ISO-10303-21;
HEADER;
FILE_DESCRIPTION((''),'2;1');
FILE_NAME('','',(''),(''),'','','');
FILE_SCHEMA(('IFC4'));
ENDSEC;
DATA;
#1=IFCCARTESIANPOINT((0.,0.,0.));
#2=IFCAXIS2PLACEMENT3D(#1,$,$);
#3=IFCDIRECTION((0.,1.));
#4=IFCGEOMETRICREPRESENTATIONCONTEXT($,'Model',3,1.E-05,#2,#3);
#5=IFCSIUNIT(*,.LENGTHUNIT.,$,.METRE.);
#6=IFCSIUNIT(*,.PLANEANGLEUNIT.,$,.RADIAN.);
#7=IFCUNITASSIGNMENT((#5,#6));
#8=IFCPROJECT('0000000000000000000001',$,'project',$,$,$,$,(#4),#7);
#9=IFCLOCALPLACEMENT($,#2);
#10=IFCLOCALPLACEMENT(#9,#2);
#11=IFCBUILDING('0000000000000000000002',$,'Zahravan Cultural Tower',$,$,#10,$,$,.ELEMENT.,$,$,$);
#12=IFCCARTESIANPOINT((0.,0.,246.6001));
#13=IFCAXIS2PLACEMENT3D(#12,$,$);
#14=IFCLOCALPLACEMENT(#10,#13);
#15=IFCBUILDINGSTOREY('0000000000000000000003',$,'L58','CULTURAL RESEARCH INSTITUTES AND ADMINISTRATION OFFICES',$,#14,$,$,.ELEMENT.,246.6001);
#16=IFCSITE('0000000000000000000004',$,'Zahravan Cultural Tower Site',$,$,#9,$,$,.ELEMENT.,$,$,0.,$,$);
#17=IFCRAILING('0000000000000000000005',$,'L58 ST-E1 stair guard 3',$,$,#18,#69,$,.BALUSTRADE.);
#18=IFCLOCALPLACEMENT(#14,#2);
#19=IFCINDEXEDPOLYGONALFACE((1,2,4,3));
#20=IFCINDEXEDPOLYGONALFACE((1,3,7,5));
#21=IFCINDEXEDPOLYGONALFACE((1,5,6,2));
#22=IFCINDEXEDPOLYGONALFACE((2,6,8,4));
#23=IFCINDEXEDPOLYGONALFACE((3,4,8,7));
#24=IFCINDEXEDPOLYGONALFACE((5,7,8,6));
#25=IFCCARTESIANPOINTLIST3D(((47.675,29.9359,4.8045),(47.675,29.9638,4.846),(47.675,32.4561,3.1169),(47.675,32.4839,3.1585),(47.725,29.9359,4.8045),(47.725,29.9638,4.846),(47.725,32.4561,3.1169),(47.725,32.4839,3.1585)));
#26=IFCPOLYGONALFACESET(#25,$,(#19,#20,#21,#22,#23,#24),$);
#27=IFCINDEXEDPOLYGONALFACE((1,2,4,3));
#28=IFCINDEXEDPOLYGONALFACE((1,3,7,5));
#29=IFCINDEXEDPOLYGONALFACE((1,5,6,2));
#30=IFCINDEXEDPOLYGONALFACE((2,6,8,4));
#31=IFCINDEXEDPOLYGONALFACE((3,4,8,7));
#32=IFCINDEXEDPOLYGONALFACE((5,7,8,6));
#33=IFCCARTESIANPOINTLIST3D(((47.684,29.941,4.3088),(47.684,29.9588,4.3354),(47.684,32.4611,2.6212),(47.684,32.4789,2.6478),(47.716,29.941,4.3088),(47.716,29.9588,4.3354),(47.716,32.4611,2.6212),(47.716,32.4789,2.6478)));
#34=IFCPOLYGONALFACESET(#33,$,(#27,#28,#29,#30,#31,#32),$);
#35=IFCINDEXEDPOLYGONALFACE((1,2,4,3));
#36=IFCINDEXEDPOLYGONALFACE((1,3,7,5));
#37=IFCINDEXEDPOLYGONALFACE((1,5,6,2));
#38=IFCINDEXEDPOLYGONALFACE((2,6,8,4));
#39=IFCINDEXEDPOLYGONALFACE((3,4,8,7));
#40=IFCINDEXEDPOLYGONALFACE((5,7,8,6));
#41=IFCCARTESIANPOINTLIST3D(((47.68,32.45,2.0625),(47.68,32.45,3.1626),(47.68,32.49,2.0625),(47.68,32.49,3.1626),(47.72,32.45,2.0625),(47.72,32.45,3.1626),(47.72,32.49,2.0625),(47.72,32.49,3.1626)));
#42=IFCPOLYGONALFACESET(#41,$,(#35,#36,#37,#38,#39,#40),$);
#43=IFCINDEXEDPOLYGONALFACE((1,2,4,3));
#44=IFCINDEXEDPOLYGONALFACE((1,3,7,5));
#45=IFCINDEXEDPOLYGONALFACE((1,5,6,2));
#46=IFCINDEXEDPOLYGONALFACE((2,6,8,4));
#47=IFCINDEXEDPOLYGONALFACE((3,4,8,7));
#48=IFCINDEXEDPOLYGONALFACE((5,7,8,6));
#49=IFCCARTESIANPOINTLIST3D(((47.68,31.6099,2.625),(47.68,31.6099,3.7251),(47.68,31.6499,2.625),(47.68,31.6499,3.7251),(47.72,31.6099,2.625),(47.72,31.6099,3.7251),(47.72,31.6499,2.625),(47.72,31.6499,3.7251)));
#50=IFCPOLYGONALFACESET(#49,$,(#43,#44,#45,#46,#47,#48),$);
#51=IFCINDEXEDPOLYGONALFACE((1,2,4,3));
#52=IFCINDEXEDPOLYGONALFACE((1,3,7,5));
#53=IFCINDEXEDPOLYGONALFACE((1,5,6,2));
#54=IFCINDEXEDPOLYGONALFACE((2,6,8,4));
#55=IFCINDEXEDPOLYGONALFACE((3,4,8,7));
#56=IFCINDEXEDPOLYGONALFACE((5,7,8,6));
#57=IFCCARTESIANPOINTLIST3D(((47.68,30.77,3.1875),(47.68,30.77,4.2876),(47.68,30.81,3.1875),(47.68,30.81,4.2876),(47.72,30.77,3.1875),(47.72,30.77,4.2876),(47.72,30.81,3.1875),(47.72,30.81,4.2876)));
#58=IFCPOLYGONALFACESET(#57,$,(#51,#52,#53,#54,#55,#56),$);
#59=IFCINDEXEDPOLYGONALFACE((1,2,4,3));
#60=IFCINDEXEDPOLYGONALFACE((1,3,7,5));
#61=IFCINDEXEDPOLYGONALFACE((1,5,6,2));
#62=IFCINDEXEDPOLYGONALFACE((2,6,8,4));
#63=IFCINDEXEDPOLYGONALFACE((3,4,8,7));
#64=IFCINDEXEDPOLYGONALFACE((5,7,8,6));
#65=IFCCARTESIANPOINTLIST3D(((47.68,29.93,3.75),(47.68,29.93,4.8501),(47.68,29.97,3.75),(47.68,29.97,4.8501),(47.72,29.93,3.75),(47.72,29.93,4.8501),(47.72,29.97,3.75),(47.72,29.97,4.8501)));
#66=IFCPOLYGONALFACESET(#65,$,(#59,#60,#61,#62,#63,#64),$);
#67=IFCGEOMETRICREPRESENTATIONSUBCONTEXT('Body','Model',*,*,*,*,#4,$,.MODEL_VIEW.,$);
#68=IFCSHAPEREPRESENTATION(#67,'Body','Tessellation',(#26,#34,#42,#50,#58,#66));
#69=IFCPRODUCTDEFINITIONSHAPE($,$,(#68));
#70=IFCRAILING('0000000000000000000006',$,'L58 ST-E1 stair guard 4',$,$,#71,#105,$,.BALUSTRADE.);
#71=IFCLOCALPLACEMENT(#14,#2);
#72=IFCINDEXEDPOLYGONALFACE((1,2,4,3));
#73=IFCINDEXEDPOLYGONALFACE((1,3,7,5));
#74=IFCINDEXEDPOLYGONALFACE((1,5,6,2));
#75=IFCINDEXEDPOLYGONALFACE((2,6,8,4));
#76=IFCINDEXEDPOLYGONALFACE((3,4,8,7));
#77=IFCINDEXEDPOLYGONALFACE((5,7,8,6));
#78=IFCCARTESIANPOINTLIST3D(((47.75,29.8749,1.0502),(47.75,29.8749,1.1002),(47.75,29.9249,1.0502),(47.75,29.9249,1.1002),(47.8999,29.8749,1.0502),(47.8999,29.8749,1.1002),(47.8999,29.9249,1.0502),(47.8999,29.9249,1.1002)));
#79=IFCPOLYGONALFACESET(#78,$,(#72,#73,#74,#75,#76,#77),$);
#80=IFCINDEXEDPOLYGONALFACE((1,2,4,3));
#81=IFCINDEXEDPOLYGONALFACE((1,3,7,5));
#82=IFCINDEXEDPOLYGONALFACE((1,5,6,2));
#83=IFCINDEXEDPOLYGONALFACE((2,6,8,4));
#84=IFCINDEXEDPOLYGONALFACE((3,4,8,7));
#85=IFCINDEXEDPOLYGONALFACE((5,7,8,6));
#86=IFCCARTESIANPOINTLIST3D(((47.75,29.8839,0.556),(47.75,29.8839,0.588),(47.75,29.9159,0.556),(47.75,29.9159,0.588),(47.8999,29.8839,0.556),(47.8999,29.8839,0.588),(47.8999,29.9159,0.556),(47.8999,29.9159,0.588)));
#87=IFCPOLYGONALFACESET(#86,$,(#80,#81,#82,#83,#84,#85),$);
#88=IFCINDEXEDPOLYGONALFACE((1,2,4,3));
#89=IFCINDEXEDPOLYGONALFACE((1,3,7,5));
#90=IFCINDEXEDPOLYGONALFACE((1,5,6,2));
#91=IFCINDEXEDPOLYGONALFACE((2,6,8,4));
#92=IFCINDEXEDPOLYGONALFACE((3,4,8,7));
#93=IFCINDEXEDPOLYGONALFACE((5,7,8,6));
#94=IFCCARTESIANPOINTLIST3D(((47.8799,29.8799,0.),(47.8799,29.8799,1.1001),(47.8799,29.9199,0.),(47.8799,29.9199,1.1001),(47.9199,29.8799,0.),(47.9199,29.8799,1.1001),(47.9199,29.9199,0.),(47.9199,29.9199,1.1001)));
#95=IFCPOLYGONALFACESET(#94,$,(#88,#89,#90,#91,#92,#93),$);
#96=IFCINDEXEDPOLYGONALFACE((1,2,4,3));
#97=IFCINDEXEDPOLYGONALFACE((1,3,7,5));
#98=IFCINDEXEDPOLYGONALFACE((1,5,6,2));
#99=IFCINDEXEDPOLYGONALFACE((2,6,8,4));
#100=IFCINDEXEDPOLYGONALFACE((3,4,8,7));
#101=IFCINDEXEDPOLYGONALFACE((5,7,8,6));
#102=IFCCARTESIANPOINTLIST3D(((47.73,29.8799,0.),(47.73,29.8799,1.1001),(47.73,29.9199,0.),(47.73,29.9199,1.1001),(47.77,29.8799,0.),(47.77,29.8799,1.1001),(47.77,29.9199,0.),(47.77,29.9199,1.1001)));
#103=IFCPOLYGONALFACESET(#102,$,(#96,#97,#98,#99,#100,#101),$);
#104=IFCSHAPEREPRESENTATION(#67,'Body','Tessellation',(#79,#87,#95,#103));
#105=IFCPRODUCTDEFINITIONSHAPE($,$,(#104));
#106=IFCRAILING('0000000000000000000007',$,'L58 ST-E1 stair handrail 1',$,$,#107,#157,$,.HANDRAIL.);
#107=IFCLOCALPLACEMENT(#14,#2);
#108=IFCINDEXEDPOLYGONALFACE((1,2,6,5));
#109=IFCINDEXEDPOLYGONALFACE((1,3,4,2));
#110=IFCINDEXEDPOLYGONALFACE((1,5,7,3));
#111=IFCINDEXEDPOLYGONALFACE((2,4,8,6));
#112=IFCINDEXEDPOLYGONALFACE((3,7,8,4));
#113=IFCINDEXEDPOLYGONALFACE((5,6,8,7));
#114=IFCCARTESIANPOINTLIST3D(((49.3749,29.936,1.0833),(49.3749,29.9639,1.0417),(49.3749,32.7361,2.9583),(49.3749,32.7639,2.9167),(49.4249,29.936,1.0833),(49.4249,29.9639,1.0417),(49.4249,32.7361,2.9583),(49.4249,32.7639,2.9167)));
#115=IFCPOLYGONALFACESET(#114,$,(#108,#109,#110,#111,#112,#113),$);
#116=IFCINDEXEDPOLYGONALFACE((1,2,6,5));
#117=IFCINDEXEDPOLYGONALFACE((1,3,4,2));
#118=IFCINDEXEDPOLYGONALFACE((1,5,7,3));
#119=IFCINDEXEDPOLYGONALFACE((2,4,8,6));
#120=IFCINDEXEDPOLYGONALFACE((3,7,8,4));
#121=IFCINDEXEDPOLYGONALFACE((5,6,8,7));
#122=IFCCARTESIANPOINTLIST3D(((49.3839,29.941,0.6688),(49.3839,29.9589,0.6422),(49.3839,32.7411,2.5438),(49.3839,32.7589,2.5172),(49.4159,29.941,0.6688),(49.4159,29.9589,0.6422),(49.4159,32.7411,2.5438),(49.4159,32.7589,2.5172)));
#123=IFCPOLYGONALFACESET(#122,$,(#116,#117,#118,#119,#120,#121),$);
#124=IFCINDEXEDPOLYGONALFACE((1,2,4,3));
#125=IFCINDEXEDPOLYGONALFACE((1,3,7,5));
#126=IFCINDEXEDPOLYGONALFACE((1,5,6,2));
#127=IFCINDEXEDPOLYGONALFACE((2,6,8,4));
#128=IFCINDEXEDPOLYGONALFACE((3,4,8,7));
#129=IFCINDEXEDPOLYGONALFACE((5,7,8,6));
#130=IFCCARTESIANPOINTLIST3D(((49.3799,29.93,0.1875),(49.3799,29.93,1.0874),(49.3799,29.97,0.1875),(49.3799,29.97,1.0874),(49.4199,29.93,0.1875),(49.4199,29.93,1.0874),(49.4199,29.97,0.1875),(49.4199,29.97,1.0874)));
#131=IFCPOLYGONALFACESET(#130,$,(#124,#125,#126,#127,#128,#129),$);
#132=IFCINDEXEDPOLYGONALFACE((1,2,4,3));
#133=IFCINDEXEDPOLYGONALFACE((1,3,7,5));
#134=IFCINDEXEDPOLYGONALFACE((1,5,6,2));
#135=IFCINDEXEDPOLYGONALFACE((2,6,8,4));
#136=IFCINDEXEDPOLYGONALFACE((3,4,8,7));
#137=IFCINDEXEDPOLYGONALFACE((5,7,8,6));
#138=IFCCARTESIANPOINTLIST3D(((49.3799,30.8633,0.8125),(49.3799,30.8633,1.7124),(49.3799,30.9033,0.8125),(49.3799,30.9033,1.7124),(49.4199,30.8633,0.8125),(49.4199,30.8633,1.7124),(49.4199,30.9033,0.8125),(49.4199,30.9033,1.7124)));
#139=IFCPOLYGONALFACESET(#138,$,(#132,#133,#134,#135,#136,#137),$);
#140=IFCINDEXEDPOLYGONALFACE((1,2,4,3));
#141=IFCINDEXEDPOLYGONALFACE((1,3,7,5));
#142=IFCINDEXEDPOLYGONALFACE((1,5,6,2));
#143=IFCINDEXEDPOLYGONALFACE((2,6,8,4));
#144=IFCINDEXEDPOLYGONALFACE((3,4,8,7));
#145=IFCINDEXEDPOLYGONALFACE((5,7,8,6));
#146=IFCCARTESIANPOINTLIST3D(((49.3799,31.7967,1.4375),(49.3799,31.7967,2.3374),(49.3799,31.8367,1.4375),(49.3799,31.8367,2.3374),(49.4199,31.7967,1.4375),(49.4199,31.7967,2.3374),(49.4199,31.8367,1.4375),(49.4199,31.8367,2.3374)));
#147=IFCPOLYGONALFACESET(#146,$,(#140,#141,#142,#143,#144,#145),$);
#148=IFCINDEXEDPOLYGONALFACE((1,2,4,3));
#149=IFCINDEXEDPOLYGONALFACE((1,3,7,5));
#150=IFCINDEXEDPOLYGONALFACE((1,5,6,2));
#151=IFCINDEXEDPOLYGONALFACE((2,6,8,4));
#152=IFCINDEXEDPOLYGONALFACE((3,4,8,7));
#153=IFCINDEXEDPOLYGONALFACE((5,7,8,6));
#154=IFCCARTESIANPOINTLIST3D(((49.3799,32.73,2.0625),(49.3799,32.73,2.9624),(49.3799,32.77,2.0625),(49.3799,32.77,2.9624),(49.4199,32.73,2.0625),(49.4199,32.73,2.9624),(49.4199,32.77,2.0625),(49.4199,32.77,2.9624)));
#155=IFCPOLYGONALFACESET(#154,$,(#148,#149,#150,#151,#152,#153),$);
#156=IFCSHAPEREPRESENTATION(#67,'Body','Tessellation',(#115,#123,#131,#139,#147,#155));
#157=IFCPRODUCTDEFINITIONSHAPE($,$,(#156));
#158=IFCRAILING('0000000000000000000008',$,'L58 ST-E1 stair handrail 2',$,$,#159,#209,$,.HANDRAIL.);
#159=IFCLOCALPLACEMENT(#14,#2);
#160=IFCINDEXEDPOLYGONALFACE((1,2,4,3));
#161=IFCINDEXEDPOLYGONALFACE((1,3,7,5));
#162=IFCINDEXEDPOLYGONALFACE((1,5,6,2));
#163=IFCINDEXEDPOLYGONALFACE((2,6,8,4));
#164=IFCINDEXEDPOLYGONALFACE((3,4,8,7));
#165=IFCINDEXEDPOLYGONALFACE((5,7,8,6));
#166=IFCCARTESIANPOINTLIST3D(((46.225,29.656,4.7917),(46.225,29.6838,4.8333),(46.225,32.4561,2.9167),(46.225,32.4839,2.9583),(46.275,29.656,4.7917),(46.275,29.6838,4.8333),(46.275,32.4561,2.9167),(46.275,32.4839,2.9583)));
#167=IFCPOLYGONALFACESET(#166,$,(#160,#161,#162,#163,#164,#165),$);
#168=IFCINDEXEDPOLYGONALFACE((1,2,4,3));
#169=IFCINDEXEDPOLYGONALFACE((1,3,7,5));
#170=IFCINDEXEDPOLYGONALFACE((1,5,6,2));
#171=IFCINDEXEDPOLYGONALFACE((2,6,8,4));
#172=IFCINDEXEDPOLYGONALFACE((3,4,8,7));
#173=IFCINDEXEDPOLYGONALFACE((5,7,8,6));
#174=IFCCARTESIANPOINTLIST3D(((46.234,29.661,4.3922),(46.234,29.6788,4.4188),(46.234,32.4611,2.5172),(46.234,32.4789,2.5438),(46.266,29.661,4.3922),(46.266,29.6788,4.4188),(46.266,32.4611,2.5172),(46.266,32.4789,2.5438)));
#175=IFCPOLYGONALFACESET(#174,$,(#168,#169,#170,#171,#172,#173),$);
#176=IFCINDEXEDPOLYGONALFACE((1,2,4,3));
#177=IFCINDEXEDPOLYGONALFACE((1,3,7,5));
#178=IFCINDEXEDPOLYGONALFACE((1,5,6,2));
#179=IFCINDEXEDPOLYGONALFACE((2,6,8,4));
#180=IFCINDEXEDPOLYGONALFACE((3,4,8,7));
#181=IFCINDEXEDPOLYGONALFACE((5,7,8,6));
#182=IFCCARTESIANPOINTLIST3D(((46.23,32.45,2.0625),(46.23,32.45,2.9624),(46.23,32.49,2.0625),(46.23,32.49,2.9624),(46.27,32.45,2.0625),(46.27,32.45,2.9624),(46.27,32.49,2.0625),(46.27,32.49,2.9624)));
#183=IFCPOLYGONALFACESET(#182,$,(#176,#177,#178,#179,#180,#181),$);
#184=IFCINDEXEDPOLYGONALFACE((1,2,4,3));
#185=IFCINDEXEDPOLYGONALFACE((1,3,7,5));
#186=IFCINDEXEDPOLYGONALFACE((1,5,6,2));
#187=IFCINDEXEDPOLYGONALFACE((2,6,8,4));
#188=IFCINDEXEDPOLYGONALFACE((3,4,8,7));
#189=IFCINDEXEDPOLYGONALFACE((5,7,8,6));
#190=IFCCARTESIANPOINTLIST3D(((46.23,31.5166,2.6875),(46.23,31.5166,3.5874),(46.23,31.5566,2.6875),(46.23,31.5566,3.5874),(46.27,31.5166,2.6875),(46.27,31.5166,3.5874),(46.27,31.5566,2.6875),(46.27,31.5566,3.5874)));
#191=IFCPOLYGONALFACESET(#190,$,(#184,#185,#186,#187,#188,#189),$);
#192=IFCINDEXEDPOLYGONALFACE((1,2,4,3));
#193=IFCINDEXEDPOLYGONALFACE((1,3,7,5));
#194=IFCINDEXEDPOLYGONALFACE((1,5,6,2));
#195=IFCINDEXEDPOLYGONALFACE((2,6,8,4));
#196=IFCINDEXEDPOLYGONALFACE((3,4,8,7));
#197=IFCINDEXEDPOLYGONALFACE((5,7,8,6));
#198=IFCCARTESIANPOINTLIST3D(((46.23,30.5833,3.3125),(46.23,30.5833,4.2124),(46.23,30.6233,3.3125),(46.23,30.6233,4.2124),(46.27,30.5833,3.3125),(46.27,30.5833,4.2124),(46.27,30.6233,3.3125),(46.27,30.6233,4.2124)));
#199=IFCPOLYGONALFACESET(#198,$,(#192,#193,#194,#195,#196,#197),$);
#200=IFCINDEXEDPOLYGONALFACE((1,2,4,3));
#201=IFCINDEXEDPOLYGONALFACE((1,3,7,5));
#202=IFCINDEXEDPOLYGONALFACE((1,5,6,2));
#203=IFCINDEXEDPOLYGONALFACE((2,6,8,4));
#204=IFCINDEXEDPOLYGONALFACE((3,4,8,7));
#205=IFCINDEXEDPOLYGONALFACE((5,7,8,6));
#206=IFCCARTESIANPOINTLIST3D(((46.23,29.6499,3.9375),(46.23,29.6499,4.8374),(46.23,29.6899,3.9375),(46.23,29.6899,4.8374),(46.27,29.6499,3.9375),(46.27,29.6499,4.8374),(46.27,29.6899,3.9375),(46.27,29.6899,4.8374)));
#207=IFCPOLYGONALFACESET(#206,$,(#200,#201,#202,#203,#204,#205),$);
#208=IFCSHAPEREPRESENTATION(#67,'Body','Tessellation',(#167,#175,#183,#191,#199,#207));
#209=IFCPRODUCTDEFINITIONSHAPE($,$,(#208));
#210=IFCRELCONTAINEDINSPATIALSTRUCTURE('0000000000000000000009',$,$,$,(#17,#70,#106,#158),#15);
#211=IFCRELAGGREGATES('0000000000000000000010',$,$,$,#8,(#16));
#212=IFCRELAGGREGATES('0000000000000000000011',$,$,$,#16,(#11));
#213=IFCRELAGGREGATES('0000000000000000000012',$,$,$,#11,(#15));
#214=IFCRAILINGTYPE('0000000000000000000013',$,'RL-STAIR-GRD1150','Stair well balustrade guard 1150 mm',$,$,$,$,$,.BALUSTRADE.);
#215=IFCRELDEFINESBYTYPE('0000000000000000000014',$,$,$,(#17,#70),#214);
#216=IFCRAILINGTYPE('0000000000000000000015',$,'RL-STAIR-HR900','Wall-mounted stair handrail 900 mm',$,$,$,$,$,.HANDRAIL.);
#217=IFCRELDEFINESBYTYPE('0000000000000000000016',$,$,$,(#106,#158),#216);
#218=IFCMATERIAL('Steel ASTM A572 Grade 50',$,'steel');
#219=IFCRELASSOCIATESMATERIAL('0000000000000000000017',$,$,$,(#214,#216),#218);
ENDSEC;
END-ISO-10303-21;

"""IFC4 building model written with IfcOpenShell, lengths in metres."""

from ifc_helpers import new_model, si_unit, direction, frame, origin, origin_2d, place, context, subcontext, project, spatial, rectangle, extrude, material, type_object, element, save


model = new_model("IFC4")

# Units and contexts
model_context = context("Model", 3, precision=1e-05, world=origin(), true_north=direction((0.0, 1.0)))
body_context = subcontext(model_context, "Body", "Model", "MODEL_VIEW")
ifc_project = project(units=[si_unit("LENGTHUNIT", "METRE"), si_unit("PLANEANGLEUNIT", "RADIAN")], contexts=[model_context])

# Site, building, storey
site_placement = place(None, origin())
site = spatial("IfcSite", under=ifc_project, at=site_placement, Name="Zahravan Cultural Tower Site", CompositionType="ELEMENT", RefElevation=0.0)
building_placement = place(site_placement, origin())
building = spatial("IfcBuilding", under=site, at=building_placement, Name="Zahravan Cultural Tower", CompositionType="ELEMENT")
storey_placement = place(building_placement, frame((0.0, 0.0, 246.6001)))
storey = spatial("IfcBuildingStorey", under=building, at=storey_placement, Name="L58", Description="CULTURAL RESEARCH INSTITUTES AND ADMINISTRATION OFFICES", CompositionType="ELEMENT", Elevation=246.6001)

# Shared definitions
ifc_material_1 = material(Name="Steel ASTM A572 Grade 50", Category="steel")

# Railings
railing_type_1 = type_object("IfcRailingType", Name="RL-STAIR-GRD1150", Description="Stair well balustrade guard 1150 mm", PredefinedType="BALUSTRADE", material=ifc_material_1)
railing_1_placement = place(storey_placement, frame((47.7, 32.47, 2.0625)))
element("IfcRailing", 1, at=railing_1_placement, inside=storey, type_object=railing_type_1, Name="L58 ST-E1 stair guard 3", PredefinedType="BALUSTRADE", context=body_context, shape_type="SweptSolid", body=[
    extrude(rectangle(XDim=0.05, YDim=0.05, at=origin_2d()), frame((0.0, 0.0, 1.0752), z_axis=(0.0, -0.830909, 0.556408), x_axis=(1.0, 0.0, 0.0)), (0.0, 0.0, 1.0), 3.033),
    extrude(rectangle(XDim=0.032, YDim=0.032, at=origin_2d()), frame((0.0, 0.0, 0.572), z_axis=(0.0, -0.830909, 0.556408), x_axis=(1.0, 0.0, 0.0)), (0.0, 0.0, 1.0), 3.033),
    extrude(rectangle(XDim=0.04, YDim=0.04, at=origin_2d()), origin(), (0.0, 0.0, 1.0), 1.1001),
    extrude(rectangle(XDim=0.04, YDim=0.04, at=origin_2d()), frame((0.0, -0.8401, 0.5625)), (0.0, 0.0, 1.0), 1.1001),
    extrude(rectangle(XDim=0.04, YDim=0.04, at=origin_2d()), frame((0.0, -1.6799, 1.125)), (0.0, 0.0, 1.0), 1.1001),
    extrude(rectangle(XDim=0.04, YDim=0.04, at=origin_2d()), frame((0.0, -2.52, 1.6875)), (0.0, 0.0, 1.0), 1.1001),
])
railing_2_placement = place(storey_placement, frame((47.8999, 29.8999, 0.0)))
element("IfcRailing", 2, at=railing_2_placement, inside=storey, type_object=railing_type_1, Name="L58 ST-E1 stair guard 4", PredefinedType="BALUSTRADE", context=body_context, shape_type="SweptSolid", body=[
    extrude(rectangle(XDim=0.05, YDim=0.05, at=origin_2d()), frame((0.0, 0.0, 1.0752), z_axis=(-1.0, 0.0, 0.0), x_axis=(0.0, -1.0, 0.0)), (0.0, 0.0, 1.0), 0.1499),
    extrude(rectangle(XDim=0.032, YDim=0.032, at=origin_2d()), frame((0.0, 0.0, 0.572), z_axis=(-1.0, 0.0, 0.0), x_axis=(0.0, -1.0, 0.0)), (0.0, 0.0, 1.0), 0.1499),
    extrude(rectangle(XDim=0.04, YDim=0.04, at=origin_2d()), origin(), (0.0, 0.0, 1.0), 1.1001),
    extrude(rectangle(XDim=0.04, YDim=0.04, at=origin_2d()), frame((-0.1499, 0.0, 0.0)), (0.0, 0.0, 1.0), 1.1001),
])
railing_type_2 = type_object("IfcRailingType", Name="RL-STAIR-HR900", Description="Wall-mounted stair handrail 900 mm", PredefinedType="HANDRAIL", material=ifc_material_1)
railing_3_placement = place(storey_placement, frame((49.3999, 29.95, 0.1875)))
element("IfcRailing", 3, at=railing_3_placement, inside=storey, type_object=railing_type_2, Name="L58 ST-E1 stair handrail 1", PredefinedType="HANDRAIL", context=body_context, shape_type="SweptSolid", body=[
    extrude(rectangle(XDim=0.05, YDim=0.05, at=origin_2d()), frame((0.0, 0.0, 0.875), z_axis=(0.0, 0.830912, 0.556404), x_axis=(-1.0, 0.0, 0.0)), (0.0, 0.0, 1.0), 3.3699),
    extrude(rectangle(XDim=0.032, YDim=0.032, at=origin_2d()), frame((0.0, 0.0, 0.468), z_axis=(0.0, 0.830912, 0.556404), x_axis=(-1.0, 0.0, 0.0)), (0.0, 0.0, 1.0), 3.3699),
    extrude(rectangle(XDim=0.04, YDim=0.04, at=origin_2d()), origin(), (0.0, 0.0, 1.0), 0.8999),
    extrude(rectangle(XDim=0.04, YDim=0.04, at=origin_2d()), frame((0.0, 0.9333, 0.625)), (0.0, 0.0, 1.0), 0.8999),
    extrude(rectangle(XDim=0.04, YDim=0.04, at=origin_2d()), frame((0.0, 1.8667, 1.25)), (0.0, 0.0, 1.0), 0.8999),
    extrude(rectangle(XDim=0.04, YDim=0.04, at=origin_2d()), frame((0.0, 2.8, 1.875)), (0.0, 0.0, 1.0), 0.8999),
])
railing_4_placement = place(storey_placement, frame((46.25, 32.47, 2.0625)))
element("IfcRailing", 4, at=railing_4_placement, inside=storey, type_object=railing_type_2, Name="L58 ST-E1 stair handrail 2", PredefinedType="HANDRAIL", context=body_context, shape_type="SweptSolid", body=[
    extrude(rectangle(XDim=0.05, YDim=0.05, at=origin_2d()), frame((0.0, 0.0, 0.875), z_axis=(0.0, -0.830912, 0.556404), x_axis=(1.0, 0.0, 0.0)), (0.0, 0.0, 1.0), 3.3699),
    extrude(rectangle(XDim=0.032, YDim=0.032, at=origin_2d()), frame((0.0, 0.0, 0.468), z_axis=(0.0, -0.830912, 0.556404), x_axis=(1.0, 0.0, 0.0)), (0.0, 0.0, 1.0), 3.3699),
    extrude(rectangle(XDim=0.04, YDim=0.04, at=origin_2d()), origin(), (0.0, 0.0, 1.0), 0.8999),
    extrude(rectangle(XDim=0.04, YDim=0.04, at=origin_2d()), frame((0.0, -0.9333, 0.625)), (0.0, 0.0, 1.0), 0.8999),
    extrude(rectangle(XDim=0.04, YDim=0.04, at=origin_2d()), frame((0.0, -1.8667, 1.25)), (0.0, 0.0, 1.0), 0.8999),
    extrude(rectangle(XDim=0.04, YDim=0.04, at=origin_2d()), frame((0.0, -2.8, 1.875)), (0.0, 0.0, 1.0), 0.8999),
])

save(model, "model.ifc")
